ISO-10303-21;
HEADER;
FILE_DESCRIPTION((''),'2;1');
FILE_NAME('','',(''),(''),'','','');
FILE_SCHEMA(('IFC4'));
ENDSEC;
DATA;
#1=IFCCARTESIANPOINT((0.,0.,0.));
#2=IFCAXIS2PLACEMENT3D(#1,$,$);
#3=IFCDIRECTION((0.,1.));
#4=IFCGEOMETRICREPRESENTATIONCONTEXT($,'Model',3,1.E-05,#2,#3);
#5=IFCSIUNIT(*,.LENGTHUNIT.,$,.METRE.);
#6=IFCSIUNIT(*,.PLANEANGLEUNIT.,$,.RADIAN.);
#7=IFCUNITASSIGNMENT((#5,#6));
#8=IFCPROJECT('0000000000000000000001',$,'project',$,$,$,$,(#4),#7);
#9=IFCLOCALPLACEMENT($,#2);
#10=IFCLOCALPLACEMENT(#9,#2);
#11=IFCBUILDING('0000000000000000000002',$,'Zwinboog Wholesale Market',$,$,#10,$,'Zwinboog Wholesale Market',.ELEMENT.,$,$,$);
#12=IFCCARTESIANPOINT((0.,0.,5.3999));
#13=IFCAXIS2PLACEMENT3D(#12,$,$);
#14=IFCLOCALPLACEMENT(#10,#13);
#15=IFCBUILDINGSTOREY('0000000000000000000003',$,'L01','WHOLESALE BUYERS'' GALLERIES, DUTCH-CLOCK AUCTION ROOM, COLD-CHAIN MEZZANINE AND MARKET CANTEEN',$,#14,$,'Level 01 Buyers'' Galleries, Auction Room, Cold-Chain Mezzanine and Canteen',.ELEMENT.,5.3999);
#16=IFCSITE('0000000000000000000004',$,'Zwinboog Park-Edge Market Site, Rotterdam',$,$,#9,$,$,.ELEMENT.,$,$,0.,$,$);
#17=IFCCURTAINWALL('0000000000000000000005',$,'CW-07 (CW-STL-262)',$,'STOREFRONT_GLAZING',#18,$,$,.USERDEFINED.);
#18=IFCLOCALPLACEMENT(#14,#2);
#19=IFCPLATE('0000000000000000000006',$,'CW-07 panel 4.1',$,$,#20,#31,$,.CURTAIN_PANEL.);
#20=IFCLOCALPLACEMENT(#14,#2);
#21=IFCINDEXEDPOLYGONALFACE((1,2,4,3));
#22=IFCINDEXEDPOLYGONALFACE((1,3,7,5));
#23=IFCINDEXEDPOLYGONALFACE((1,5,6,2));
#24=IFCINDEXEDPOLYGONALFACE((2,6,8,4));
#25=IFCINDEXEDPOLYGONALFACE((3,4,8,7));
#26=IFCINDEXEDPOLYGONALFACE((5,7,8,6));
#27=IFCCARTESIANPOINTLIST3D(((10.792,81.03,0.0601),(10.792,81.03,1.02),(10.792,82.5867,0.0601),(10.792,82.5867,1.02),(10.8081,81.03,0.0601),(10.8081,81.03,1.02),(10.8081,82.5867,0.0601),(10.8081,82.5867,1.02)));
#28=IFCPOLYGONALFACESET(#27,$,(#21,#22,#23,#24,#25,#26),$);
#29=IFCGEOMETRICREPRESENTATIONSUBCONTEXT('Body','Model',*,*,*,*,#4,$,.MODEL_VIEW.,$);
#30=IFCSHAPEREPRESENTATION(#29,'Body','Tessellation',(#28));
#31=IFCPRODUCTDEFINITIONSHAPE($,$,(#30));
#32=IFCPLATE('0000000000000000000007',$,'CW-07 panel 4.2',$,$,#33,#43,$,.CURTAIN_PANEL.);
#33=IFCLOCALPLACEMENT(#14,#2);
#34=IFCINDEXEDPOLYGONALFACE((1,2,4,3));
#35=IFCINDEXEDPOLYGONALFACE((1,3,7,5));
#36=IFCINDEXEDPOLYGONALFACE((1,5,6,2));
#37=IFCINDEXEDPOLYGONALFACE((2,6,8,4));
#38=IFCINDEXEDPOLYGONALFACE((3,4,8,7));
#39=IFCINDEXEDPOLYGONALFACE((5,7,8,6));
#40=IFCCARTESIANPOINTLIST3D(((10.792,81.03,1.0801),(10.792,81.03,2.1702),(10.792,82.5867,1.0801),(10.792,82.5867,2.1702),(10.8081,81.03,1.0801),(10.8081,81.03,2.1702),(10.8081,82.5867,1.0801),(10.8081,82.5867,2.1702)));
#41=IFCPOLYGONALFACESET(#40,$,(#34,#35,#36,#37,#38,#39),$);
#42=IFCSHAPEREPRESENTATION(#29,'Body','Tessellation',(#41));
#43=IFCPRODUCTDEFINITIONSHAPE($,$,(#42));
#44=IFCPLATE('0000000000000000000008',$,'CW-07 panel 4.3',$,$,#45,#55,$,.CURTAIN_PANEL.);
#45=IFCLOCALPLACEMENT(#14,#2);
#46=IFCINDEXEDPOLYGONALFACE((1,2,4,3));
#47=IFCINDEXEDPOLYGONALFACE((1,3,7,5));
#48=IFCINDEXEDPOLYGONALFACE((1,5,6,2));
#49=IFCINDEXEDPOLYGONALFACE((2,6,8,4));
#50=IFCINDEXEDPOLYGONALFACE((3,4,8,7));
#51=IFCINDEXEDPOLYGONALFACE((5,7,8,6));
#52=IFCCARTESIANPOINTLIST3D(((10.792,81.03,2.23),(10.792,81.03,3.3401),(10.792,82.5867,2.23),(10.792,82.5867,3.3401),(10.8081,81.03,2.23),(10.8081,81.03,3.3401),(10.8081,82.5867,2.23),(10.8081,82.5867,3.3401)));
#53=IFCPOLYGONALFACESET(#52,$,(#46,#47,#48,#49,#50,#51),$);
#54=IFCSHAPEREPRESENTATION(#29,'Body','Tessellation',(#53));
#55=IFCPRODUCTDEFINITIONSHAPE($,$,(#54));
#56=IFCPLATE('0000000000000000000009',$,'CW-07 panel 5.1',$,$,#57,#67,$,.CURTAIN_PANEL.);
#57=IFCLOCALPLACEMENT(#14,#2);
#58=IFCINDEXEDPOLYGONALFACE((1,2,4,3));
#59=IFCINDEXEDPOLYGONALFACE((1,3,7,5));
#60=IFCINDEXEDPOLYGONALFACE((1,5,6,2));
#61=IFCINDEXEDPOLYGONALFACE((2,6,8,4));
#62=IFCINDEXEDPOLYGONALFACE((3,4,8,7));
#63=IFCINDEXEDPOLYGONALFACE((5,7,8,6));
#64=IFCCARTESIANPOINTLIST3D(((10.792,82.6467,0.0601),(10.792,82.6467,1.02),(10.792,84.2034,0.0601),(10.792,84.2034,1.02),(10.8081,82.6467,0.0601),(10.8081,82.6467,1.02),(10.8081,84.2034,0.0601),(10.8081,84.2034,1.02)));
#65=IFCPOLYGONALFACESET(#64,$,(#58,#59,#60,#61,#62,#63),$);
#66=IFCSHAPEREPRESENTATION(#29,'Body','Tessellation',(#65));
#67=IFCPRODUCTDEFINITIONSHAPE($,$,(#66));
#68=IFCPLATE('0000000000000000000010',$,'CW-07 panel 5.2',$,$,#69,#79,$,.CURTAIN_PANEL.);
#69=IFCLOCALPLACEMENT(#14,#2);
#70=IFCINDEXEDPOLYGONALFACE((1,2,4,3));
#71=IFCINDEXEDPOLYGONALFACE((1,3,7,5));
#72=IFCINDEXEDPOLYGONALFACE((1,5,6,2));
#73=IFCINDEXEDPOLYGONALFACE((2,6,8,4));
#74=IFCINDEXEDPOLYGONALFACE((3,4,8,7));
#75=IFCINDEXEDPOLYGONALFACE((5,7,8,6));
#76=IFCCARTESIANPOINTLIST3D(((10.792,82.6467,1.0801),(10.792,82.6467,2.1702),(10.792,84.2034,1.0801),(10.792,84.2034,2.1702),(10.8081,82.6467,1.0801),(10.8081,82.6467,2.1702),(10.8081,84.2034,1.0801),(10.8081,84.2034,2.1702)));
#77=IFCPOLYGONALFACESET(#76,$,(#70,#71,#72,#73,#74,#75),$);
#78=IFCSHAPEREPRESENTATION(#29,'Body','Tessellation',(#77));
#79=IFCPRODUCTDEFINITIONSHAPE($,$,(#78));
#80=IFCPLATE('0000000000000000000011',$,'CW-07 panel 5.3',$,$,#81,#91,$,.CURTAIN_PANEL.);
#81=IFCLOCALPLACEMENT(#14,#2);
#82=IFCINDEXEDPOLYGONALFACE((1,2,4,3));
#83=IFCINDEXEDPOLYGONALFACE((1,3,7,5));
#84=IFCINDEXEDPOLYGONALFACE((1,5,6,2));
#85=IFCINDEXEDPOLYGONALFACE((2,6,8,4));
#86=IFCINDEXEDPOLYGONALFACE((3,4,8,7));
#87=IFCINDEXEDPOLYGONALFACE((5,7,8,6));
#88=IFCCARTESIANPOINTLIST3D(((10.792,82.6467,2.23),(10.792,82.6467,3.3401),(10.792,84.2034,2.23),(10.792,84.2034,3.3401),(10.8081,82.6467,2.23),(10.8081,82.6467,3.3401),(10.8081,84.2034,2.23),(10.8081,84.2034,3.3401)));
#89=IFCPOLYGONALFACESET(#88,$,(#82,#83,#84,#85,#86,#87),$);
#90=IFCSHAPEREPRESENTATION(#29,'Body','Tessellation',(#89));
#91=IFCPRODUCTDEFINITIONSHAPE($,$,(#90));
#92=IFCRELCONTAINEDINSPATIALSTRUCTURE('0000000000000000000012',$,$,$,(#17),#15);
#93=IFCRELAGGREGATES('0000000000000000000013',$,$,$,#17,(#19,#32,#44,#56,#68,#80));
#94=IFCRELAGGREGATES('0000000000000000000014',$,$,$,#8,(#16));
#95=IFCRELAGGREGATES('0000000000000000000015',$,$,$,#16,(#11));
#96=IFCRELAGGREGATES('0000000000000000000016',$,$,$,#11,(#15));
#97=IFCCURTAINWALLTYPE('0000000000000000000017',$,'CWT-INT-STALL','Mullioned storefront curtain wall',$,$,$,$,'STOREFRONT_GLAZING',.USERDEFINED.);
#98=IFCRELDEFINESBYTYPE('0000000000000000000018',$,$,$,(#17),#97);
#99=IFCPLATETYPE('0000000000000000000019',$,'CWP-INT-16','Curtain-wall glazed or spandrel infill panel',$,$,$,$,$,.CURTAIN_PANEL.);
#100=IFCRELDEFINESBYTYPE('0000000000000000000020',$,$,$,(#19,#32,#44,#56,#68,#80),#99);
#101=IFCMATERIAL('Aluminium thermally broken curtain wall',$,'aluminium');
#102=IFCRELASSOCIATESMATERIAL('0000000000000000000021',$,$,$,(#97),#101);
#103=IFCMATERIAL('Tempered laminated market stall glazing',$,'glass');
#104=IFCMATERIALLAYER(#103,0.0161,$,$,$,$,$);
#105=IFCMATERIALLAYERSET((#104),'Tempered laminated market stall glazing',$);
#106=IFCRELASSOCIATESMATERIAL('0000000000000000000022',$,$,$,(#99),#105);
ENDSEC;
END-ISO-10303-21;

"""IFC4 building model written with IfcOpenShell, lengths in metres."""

from ifc_helpers import new_model, si_unit, direction, frame, origin, origin_2d, place, context, subcontext, project, spatial, rectangle, extrude, material, layer, layer_set, type_object, element, aggregate, save


model = new_model("IFC4")

# Units and contexts
model_context = context("Model", 3, precision=1e-05, world=origin(), true_north=direction((0.0, 1.0)))
body_context = subcontext(model_context, "Body", "Model", "MODEL_VIEW")
ifc_project = project(units=[si_unit("LENGTHUNIT", "METRE"), si_unit("PLANEANGLEUNIT", "RADIAN")], contexts=[model_context])

# Site, building, storey
site_placement = place(None, origin())
site = spatial("IfcSite", under=ifc_project, at=site_placement, Name="Zwinboog Park-Edge Market Site, Rotterdam", CompositionType="ELEMENT", RefElevation=0.0)
building_placement = place(site_placement, origin())
building = spatial("IfcBuilding", under=site, at=building_placement, Name="Zwinboog Wholesale Market", LongName="Zwinboog Wholesale Market", CompositionType="ELEMENT")
storey_placement = place(building_placement, frame((0.0, 0.0, 5.3999)))
storey = spatial("IfcBuildingStorey", under=building, at=storey_placement, Name="L01", Description="WHOLESALE BUYERS' GALLERIES, DUTCH-CLOCK AUCTION ROOM, COLD-CHAIN MEZZANINE AND MARKET CANTEEN", LongName="Level 01 Buyers' Galleries, Auction Room, Cold-Chain Mezzanine and Canteen", CompositionType="ELEMENT", Elevation=5.3999)

# Curtain wall, plates
ifc_material_1 = material(Name="Aluminium thermally broken curtain wall", Category="aluminium")
curtain_wall_type = type_object("IfcCurtainWallType", Name="CWT-INT-STALL", Description="Mullioned storefront curtain wall", ElementType="STOREFRONT_GLAZING", PredefinedType="USERDEFINED", material=ifc_material_1)
curtain_wall_placement = place(storey_placement, origin())
curtain_wall = element("IfcCurtainWall", 1, at=curtain_wall_placement, inside=storey, type_object=curtain_wall_type, Name="CW-07 (CW-STL-262)", ObjectType="STOREFRONT_GLAZING", PredefinedType="USERDEFINED")
ifc_material_2 = material(Name="Tempered laminated market stall glazing", Category="glass")
ifc_layer = layer(ifc_material_2, 0.0161)
ifc_layer_set = layer_set([ifc_layer], Name="Tempered laminated market stall glazing")
plate_type = type_object("IfcPlateType", Name="CWP-INT-16", Description="Curtain-wall glazed or spandrel infill panel", PredefinedType="CURTAIN_PANEL", material=ifc_layer_set)
plate_1_placement = place(storey_placement, frame((10.8, 81.8083, 0.0601), z_axis=(0.0, 0.0, 1.0), x_axis=(0.0, 1.0, 0.0)))
plate_1 = element("IfcPlate", 2, at=plate_1_placement, type_object=plate_type, Name="CW-07 panel 4.1", PredefinedType="CURTAIN_PANEL", context=body_context, shape_type="SweptSolid", body=[
    extrude(rectangle(XDim=1.5566, YDim=0.0161, at=origin_2d()), origin(), (0.0, 0.0, 1.0), 0.96),
])
plate_2_placement = place(storey_placement, frame((10.8, 81.8083, 1.0801), z_axis=(0.0, 0.0, 1.0), x_axis=(0.0, 1.0, 0.0)))
plate_2 = element("IfcPlate", 3, at=plate_2_placement, type_object=plate_type, Name="CW-07 panel 4.2", PredefinedType="CURTAIN_PANEL", context=body_context, shape_type="SweptSolid", body=[
    extrude(rectangle(XDim=1.5566, YDim=0.0161, at=origin_2d()), origin(), (0.0, 0.0, 1.0), 1.0901),
])
plate_3_placement = place(storey_placement, frame((10.8, 81.8083, 2.23), z_axis=(0.0, 0.0, 1.0), x_axis=(0.0, 1.0, 0.0)))
plate_3 = element("IfcPlate", 4, at=plate_3_placement, type_object=plate_type, Name="CW-07 panel 4.3", PredefinedType="CURTAIN_PANEL", context=body_context, shape_type="SweptSolid", body=[
    extrude(rectangle(XDim=1.5566, YDim=0.0161, at=origin_2d()), origin(), (0.0, 0.0, 1.0), 1.1101),
])
plate_4_placement = place(storey_placement, frame((10.8, 83.425, 0.0601), z_axis=(0.0, 0.0, 1.0), x_axis=(0.0, 1.0, 0.0)))
plate_4 = element("IfcPlate", 5, at=plate_4_placement, type_object=plate_type, Name="CW-07 panel 5.1", PredefinedType="CURTAIN_PANEL", context=body_context, shape_type="SweptSolid", body=[
    extrude(rectangle(XDim=1.5566, YDim=0.0161, at=origin_2d()), origin(), (0.0, 0.0, 1.0), 0.96),
])
plate_5_placement = place(storey_placement, frame((10.8, 83.425, 1.0801), z_axis=(0.0, 0.0, 1.0), x_axis=(0.0, 1.0, 0.0)))
plate_5 = element("IfcPlate", 6, at=plate_5_placement, type_object=plate_type, Name="CW-07 panel 5.2", PredefinedType="CURTAIN_PANEL", context=body_context, shape_type="SweptSolid", body=[
    extrude(rectangle(XDim=1.5566, YDim=0.0161, at=origin_2d()), origin(), (0.0, 0.0, 1.0), 1.0901),
])
plate_6_placement = place(storey_placement, frame((10.8, 83.425, 2.23), z_axis=(0.0, 0.0, 1.0), x_axis=(0.0, 1.0, 0.0)))
plate_6 = element("IfcPlate", 7, at=plate_6_placement, type_object=plate_type, Name="CW-07 panel 5.3", PredefinedType="CURTAIN_PANEL", context=body_context, shape_type="SweptSolid", body=[
    extrude(rectangle(XDim=1.5566, YDim=0.0161, at=origin_2d()), origin(), (0.0, 0.0, 1.0), 1.1101),
])
aggregate(curtain_wall, [plate_1, plate_2, plate_3, plate_4, plate_5, plate_6])

save(model, "model.ifc")
